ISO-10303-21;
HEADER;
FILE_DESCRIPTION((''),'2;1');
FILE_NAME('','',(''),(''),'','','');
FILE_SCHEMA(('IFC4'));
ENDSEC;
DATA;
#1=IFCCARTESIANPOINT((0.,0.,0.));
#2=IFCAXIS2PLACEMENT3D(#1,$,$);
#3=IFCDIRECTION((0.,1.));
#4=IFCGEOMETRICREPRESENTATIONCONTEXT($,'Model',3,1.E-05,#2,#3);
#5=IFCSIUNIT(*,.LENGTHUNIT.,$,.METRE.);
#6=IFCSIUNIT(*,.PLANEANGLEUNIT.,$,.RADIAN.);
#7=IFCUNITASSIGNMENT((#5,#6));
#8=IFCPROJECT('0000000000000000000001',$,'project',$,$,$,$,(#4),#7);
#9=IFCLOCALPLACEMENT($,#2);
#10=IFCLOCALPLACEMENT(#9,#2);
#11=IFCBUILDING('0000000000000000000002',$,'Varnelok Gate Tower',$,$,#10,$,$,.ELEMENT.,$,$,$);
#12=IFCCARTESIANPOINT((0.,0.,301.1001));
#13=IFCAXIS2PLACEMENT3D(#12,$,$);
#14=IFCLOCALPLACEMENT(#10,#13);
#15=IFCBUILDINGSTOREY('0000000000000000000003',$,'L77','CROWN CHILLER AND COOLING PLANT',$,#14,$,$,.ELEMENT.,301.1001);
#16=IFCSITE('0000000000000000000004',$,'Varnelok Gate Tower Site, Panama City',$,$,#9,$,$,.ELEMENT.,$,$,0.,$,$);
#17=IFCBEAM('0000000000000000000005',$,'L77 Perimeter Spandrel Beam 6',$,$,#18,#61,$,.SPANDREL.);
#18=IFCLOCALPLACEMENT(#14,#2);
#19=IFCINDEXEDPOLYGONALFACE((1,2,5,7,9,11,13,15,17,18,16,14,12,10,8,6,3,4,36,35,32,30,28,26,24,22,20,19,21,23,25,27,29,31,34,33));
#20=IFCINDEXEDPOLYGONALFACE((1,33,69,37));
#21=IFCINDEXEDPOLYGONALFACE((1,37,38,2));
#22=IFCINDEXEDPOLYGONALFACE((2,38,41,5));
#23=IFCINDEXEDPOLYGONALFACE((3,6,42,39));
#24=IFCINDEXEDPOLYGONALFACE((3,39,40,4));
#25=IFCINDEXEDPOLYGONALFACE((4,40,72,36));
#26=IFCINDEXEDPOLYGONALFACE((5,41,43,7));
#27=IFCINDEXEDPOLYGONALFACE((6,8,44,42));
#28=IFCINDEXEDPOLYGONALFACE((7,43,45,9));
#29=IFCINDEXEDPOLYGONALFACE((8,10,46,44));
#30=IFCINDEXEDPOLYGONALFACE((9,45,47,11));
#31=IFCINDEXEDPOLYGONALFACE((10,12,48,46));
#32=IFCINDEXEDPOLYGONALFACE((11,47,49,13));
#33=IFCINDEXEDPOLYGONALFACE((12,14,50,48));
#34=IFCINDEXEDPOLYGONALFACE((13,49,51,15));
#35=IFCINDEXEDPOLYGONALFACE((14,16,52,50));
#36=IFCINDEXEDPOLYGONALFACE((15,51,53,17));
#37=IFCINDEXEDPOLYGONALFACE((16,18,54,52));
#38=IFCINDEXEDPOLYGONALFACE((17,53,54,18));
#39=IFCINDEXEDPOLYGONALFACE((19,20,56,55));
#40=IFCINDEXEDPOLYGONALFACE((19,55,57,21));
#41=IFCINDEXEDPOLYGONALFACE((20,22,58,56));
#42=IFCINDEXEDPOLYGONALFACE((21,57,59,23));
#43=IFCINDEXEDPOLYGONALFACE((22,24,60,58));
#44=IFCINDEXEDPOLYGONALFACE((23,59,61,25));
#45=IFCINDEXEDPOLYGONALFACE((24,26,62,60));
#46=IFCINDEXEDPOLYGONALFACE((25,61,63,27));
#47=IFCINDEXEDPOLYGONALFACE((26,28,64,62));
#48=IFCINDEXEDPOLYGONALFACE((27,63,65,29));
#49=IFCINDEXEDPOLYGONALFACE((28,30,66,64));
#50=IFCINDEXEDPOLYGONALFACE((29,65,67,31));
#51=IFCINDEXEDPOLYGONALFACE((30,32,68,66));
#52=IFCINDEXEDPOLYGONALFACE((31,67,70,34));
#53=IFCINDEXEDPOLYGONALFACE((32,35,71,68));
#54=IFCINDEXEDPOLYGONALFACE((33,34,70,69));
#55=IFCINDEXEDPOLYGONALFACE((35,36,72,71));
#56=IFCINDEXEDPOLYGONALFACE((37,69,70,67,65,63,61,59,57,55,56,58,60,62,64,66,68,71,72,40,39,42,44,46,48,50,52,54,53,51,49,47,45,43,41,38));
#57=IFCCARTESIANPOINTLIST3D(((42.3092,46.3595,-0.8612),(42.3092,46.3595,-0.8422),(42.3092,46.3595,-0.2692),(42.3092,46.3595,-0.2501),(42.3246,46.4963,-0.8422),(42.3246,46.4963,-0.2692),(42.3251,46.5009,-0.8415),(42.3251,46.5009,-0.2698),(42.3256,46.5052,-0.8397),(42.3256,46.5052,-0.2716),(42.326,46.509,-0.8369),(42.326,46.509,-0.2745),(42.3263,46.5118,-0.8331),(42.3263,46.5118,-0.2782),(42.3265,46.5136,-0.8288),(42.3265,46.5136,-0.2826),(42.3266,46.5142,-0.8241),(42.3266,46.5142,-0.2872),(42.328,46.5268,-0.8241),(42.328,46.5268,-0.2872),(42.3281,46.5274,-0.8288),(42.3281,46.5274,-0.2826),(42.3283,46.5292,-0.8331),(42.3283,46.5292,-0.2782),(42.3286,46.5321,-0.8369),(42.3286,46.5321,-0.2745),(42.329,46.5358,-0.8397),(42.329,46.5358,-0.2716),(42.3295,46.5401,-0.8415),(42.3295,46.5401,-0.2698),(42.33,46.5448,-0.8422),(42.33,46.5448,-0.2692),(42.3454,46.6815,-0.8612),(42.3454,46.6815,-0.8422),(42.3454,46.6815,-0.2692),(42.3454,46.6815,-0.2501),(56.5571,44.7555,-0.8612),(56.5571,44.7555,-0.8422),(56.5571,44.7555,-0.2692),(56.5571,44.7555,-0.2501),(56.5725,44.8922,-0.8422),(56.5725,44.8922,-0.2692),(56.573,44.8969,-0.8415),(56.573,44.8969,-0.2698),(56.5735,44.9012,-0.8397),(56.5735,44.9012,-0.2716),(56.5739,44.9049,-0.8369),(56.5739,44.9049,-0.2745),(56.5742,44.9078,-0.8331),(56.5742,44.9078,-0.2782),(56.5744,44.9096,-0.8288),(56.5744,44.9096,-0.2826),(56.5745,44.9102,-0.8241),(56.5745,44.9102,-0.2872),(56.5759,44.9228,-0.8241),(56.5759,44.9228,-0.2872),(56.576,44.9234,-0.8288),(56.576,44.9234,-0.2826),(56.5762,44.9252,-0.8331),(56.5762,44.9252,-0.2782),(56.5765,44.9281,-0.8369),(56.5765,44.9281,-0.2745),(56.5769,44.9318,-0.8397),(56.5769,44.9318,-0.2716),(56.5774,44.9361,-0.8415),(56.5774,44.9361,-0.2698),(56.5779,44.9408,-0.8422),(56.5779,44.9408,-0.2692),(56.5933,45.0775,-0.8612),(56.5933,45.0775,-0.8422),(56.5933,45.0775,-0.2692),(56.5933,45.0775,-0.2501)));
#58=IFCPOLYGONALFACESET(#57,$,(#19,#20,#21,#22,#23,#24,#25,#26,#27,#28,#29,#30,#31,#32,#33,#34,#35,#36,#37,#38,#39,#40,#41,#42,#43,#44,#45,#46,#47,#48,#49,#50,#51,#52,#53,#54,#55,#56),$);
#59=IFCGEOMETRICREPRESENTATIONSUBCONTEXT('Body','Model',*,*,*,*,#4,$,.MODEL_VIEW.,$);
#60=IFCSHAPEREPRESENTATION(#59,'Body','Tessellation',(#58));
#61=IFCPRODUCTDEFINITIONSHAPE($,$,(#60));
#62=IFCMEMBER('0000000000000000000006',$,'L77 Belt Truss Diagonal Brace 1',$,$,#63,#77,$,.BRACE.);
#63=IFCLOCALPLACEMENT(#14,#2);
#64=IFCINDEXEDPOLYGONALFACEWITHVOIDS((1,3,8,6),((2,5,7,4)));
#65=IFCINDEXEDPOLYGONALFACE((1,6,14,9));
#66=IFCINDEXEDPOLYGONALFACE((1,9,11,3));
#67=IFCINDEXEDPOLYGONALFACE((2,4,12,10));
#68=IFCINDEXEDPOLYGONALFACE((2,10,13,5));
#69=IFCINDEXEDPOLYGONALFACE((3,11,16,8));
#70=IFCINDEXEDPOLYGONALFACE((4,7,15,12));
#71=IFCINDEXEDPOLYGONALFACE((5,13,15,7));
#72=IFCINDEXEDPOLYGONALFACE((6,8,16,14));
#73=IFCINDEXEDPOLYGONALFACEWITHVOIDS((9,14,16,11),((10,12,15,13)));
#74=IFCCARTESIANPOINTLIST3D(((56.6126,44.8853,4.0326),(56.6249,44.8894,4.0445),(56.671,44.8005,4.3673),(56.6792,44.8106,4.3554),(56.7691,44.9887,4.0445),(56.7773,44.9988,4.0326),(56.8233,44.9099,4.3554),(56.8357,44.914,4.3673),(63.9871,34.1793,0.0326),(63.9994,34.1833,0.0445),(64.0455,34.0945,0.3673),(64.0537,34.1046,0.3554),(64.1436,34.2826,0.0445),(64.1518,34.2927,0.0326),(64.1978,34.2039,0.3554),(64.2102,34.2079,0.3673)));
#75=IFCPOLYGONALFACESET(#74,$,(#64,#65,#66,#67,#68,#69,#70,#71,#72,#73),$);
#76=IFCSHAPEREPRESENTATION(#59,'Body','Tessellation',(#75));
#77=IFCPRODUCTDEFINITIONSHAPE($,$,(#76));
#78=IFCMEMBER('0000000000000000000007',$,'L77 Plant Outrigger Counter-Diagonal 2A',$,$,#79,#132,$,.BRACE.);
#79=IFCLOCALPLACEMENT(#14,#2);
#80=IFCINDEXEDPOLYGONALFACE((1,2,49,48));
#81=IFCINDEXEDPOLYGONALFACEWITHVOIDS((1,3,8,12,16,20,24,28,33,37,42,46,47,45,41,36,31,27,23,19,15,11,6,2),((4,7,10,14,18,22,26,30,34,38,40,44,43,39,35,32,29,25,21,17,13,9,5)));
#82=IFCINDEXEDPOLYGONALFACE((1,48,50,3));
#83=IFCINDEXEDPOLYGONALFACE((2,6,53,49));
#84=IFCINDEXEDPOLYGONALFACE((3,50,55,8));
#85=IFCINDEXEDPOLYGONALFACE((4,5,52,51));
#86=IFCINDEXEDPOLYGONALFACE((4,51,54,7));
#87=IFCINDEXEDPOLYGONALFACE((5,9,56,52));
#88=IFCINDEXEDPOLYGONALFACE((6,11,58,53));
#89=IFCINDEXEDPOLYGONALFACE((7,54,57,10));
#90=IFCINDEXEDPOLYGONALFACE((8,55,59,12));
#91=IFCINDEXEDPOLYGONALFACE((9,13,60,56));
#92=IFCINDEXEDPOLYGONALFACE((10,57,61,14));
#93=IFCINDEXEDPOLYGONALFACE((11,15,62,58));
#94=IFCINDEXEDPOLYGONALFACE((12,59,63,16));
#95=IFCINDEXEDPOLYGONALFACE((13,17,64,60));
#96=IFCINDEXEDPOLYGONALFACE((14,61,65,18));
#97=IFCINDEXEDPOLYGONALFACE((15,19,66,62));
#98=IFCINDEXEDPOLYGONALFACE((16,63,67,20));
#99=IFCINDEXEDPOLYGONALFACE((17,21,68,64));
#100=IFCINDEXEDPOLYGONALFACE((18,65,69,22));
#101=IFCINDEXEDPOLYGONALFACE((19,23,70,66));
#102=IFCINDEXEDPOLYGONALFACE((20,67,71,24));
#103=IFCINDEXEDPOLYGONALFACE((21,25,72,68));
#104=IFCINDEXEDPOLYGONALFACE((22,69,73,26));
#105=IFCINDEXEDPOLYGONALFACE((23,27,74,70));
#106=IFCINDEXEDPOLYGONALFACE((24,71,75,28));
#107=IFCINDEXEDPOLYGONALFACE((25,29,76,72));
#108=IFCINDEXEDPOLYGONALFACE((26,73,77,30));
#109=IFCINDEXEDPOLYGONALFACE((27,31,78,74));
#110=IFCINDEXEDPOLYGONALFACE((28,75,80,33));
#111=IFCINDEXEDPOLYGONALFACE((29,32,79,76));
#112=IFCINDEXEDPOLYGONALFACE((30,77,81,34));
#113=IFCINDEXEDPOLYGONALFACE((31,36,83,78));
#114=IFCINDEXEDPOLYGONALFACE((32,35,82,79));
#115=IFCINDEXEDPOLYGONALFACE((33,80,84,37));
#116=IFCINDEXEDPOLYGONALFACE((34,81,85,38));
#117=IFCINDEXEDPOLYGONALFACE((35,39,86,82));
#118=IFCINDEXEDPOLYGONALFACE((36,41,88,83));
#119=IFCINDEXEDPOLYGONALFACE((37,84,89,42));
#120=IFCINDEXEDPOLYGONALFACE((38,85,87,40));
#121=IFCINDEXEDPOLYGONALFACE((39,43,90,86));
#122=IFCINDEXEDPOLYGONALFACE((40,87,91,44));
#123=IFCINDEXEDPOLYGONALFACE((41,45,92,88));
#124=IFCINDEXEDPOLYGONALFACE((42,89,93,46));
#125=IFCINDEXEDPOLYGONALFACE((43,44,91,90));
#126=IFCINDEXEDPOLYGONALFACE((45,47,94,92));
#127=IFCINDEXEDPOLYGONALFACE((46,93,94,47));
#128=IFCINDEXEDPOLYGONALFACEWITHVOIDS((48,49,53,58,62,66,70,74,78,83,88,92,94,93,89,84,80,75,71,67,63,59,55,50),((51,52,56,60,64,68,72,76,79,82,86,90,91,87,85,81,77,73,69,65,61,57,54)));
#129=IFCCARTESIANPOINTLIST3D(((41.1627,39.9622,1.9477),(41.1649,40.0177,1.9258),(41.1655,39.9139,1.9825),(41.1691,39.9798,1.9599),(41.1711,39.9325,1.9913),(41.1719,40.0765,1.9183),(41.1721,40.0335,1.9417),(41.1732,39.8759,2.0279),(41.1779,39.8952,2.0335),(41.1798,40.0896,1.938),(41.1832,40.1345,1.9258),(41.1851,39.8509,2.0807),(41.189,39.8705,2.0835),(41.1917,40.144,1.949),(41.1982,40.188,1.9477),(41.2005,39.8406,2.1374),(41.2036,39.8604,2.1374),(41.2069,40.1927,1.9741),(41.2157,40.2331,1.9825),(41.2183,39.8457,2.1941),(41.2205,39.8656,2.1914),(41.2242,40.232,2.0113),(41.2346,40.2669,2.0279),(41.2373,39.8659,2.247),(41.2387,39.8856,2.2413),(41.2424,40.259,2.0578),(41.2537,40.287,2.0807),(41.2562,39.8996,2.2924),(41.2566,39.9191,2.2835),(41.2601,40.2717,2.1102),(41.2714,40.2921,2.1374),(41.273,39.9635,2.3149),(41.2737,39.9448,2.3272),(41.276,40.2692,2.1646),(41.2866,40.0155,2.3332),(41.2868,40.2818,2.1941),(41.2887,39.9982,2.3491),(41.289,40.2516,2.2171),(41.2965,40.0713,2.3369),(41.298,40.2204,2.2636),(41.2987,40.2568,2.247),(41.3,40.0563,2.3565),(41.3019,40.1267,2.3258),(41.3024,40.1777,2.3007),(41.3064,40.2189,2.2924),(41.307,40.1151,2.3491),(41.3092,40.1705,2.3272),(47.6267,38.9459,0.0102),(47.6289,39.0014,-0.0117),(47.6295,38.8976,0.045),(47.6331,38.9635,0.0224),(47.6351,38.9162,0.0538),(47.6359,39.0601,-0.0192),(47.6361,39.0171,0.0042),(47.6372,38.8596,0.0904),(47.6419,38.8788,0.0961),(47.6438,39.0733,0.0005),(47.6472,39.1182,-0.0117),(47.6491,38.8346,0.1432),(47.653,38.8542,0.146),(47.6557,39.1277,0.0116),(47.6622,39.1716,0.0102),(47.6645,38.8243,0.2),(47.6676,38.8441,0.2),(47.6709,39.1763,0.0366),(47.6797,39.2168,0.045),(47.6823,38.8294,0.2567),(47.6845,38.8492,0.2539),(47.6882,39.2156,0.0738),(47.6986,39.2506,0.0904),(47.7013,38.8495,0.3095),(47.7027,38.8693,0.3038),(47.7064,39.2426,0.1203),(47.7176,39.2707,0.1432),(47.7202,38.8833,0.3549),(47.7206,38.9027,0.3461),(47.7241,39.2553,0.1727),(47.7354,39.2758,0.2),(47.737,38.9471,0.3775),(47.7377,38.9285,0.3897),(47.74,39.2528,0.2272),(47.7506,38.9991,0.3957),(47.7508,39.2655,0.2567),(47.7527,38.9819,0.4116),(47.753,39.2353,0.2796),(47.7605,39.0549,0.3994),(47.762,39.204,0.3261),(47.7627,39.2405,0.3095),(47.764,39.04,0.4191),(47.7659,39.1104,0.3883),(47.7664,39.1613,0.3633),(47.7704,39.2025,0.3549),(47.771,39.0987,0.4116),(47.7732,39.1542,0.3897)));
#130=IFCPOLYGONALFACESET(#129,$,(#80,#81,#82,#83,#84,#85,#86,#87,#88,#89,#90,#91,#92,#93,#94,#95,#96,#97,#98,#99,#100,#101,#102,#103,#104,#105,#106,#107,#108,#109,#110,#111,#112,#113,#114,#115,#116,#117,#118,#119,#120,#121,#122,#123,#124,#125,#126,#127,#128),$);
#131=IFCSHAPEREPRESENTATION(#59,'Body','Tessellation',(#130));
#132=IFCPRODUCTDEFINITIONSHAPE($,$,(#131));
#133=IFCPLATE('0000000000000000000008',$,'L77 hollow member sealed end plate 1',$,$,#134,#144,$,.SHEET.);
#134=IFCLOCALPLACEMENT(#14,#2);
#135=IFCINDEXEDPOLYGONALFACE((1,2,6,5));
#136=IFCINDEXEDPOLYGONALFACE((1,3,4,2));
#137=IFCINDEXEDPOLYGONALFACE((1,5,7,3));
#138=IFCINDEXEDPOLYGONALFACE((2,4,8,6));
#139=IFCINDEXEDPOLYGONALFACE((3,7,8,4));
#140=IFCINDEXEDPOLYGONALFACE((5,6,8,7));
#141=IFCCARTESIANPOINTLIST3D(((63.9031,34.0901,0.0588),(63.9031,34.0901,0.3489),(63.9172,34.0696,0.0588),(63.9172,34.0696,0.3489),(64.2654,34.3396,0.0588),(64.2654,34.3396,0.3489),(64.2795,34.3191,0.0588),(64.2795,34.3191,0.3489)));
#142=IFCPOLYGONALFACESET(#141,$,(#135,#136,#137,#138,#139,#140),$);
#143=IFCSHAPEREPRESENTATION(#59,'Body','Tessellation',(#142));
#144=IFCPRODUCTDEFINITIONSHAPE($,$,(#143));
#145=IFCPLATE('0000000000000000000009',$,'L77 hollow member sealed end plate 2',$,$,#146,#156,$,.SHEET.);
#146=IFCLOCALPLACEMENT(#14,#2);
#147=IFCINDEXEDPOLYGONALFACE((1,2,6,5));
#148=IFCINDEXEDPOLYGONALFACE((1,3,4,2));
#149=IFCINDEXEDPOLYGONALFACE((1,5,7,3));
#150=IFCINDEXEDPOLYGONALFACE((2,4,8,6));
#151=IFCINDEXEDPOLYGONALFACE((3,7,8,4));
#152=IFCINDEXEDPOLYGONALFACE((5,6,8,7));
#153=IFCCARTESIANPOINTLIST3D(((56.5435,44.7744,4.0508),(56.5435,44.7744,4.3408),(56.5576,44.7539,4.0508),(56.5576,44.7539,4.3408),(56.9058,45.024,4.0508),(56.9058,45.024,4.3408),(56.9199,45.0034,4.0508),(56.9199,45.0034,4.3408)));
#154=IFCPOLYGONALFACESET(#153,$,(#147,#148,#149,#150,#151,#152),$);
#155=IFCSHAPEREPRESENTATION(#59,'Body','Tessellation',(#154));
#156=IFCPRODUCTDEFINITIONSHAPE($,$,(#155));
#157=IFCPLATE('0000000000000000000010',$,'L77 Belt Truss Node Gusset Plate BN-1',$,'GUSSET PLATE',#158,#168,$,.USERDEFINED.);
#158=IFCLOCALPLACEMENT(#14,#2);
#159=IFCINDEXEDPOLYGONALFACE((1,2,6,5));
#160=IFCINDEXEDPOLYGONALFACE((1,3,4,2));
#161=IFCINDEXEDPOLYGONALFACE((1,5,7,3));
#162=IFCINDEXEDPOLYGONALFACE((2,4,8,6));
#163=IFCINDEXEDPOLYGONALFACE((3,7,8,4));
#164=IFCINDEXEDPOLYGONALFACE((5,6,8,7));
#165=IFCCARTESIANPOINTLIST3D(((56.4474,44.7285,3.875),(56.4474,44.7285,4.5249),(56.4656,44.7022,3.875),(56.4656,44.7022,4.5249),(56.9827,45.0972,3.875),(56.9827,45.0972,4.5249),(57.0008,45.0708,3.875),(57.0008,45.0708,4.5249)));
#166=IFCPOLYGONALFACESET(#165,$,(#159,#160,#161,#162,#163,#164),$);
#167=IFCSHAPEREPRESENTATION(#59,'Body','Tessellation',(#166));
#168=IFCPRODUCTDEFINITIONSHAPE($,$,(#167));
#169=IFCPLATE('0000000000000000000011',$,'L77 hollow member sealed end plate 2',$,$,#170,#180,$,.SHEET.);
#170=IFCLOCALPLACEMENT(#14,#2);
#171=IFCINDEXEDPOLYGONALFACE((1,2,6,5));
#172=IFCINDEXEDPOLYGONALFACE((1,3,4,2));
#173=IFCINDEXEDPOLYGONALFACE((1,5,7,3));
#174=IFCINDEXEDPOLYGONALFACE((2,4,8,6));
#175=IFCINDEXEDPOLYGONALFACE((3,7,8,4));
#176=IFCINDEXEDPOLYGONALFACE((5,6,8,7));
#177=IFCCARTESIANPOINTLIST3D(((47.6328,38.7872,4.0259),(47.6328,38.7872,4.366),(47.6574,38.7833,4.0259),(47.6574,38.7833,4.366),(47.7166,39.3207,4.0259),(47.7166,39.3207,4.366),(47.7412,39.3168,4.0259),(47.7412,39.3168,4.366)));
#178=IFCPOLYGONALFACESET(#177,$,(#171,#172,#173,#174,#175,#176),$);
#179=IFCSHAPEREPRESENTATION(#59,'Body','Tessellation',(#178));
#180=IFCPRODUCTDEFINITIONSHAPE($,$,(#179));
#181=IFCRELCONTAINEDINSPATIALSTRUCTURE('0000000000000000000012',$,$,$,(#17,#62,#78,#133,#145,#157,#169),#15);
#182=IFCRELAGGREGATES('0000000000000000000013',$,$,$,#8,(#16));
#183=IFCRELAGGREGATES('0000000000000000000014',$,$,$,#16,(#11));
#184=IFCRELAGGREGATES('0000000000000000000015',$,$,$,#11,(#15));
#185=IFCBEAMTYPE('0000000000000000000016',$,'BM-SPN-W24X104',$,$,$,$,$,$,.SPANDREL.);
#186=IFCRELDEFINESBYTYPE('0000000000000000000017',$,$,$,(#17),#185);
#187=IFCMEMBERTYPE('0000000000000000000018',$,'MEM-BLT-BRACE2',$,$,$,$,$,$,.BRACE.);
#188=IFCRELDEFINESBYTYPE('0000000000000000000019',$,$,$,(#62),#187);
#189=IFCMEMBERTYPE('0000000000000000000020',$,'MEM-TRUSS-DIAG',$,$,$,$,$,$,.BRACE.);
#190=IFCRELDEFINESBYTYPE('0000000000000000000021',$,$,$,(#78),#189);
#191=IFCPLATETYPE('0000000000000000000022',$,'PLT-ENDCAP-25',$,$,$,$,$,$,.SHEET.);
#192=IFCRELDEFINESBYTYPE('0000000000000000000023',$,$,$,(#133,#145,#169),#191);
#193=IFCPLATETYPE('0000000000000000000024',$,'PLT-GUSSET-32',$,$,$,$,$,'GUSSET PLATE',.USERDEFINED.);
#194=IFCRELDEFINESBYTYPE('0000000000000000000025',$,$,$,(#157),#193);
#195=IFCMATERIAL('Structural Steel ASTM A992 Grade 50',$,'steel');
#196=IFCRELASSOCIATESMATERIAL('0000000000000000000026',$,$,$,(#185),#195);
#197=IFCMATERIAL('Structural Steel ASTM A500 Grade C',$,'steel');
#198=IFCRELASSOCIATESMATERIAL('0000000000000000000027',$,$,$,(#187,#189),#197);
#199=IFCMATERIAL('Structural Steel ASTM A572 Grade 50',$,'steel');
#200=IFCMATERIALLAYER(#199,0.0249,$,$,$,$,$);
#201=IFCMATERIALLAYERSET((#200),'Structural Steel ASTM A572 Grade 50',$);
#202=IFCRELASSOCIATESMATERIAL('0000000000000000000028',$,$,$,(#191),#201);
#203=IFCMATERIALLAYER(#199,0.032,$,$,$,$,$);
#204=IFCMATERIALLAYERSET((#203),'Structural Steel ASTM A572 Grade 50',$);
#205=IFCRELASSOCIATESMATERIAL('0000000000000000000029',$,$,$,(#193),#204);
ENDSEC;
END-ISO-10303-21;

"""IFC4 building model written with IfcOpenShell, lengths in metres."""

from ifc_helpers import new_model, si_unit, direction, frame, origin, origin_2d, place, context, subcontext, project, spatial, rectangle, hollow_rectangle, hollow_circle, i_section, extrude, source, transform, mapped, material, layer, layer_set, material_profile, profile_set, type_object, element, save


model = new_model("IFC4")

# Units and contexts
model_context = context("Model", 3, precision=1e-05, world=origin(), true_north=direction((0.0, 1.0)))
body_context = subcontext(model_context, "Body", "Model", "MODEL_VIEW")
ifc_project = project(units=[si_unit("LENGTHUNIT", "METRE"), si_unit("PLANEANGLEUNIT", "RADIAN")], contexts=[model_context])

# Site, building, storey
site_placement = place(None, origin())
site = spatial("IfcSite", under=ifc_project, at=site_placement, Name="Varnelok Gate Tower Site, Panama City", CompositionType="ELEMENT", RefElevation=0.0)
building_placement = place(site_placement, origin())
building = spatial("IfcBuilding", under=site, at=building_placement, Name="Varnelok Gate Tower", CompositionType="ELEMENT")
storey_placement = place(building_placement, frame((0.0, 0.0, 301.1001)))
storey = spatial("IfcBuildingStorey", under=building, at=storey_placement, Name="L77", Description="CROWN CHILLER AND COOLING PLANT", CompositionType="ELEMENT", Elevation=301.1001)

# Shared definitions
ifc_material_1 = material(Name="Structural Steel ASTM A992 Grade 50", Category="steel")

# Beam
ifc_material_profile_1 = material_profile(ifc_material_1, i_section(OverallWidth=0.324, OverallDepth=0.6111, WebThickness=0.0127, FlangeThickness=0.019, FilletRadius=0.0181, at=origin_2d()), Name="W24X104")
ifc_profile_set_1 = profile_set([ifc_material_profile_1], Name="Structural Steel ASTM A992 Grade 50")
beam_type_1 = type_object("IfcBeamType", Name="BM-SPN-W24X104", PredefinedType="SPANDREL", material=ifc_profile_set_1)
beam_1_placement = place(storey_placement, frame((56.5752, 44.9165, -0.5557), z_axis=(-0.993723, 0.111872, 0.0), x_axis=(-0.111872, -0.993723, 0.0)))
element("IfcBeam", 1, at=beam_1_placement, inside=storey, type_object=beam_type_1, Name="L77 Perimeter Spandrel Beam 6", PredefinedType="SPANDREL", context=body_context, shape_type="SweptSolid", body=[
    extrude(i_section(OverallWidth=0.324, OverallDepth=0.6111, WebThickness=0.0127, FlangeThickness=0.019, FilletRadius=0.0181, at=origin_2d()), origin(), (0.0, 0.0, 1.0), 14.3379),
])

# Members
ifc_material_2 = material(Name="Structural Steel ASTM A500 Grade C", Category="steel")
ifc_material_profile_2 = material_profile(ifc_material_2, hollow_rectangle(XDim=0.2, YDim=0.3501, WallThickness=0.0125, at=origin_2d()), Name="HSS350X200X12")
ifc_profile_set_2 = profile_set([ifc_material_profile_2], Name="Structural Steel ASTM A500 Grade C")
member_type_1 = type_object("IfcMemberType", Name="MEM-BLT-BRACE2", PredefinedType="BRACE", material=ifc_profile_set_2)
member_1_placement = place(storey_placement, frame((64.0986, 34.1936, 0.2), z_axis=(-0.54218, 0.787118, 0.294083), x_axis=(-0.823535, -0.567265, 0.0)))
element("IfcMember", 2, at=member_1_placement, inside=storey, type_object=member_type_1, Name="L77 Belt Truss Diagonal Brace 1", PredefinedType="BRACE", context=body_context, shape_type="SweptSolid", body=[
    extrude(hollow_rectangle(XDim=0.2, YDim=0.3501, WallThickness=0.0125, at=origin_2d()), origin(), (0.0, 0.0, 1.0), 13.6016),
])
ifc_material_profile_3 = material_profile(ifc_material_2, hollow_circle(Radius=0.2285, WallThickness=0.02, at=origin_2d()), Name="CHS457X20")
ifc_profile_set_3 = profile_set([ifc_material_profile_3], Name="Structural Steel ASTM A500 Grade C")
member_type_2 = type_object("IfcMemberType", Name="MEM-TRUSS-DIAG", PredefinedType="BRACE", material=ifc_profile_set_3)
member_2_placement = place(storey_placement, frame((47.7, 39.05, 0.2), z_axis=(-0.947214, 0.148931, 0.28391), x_axis=(-0.155323, -0.987864, 0.0)))
element("IfcMember", 3, at=member_2_placement, inside=storey, type_object=member_type_2, Name="L77 Plant Outrigger Counter-Diagonal 2A", PredefinedType="BRACE", context=body_context, shape_type="SweptSolid", body=[
    extrude(hollow_circle(Radius=0.2285, WallThickness=0.02, at=origin_2d()), origin(), (0.0, 0.0, 1.0), 6.8242),
])

# Plates
ifc_material_3 = material(Name="Structural Steel ASTM A572 Grade 50", Category="steel")
ifc_layer_1 = layer(ifc_material_3, 0.0249)
ifc_layer_set_1 = layer_set([ifc_layer_1], Name="Structural Steel ASTM A572 Grade 50")
plate_type_1 = type_object("IfcPlateType", Name="PLT-ENDCAP-25", PredefinedType="SHEET", material=ifc_layer_set_1)
shared_shape_1 = source(origin(), body_context, "Body", "SweptSolid", [
    extrude(rectangle(XDim=0.0249, YDim=0.4399, at=origin_2d()), origin(), (0.0, 0.0, 1.0), 0.29),
])
for number, where, z_axis, x_axis, name in (
    (4, (64.0913, 34.2046, 0.0588), (0.0, 0.0, 1.0), (-0.567269, 0.823533, 0.0), "L77 hollow member sealed end plate 1"),
    (5, (56.7317, 44.8889, 4.0508), (0.0, 0.0, 1.0), (-0.567269, 0.823533, 0.0), "L77 hollow member sealed end plate 2"),
):
    element("IfcPlate", number, at=place(storey_placement, frame(where, z_axis=z_axis, x_axis=x_axis)), inside=storey, type_object=plate_type_1, Name=name, PredefinedType="SHEET", context=body_context, shape_type="MappedRepresentation", body=[
        mapped(shared_shape_1, transform((0.0, 0.0, 0.0), scale=1.0)),
    ])
ifc_layer_2 = layer(ifc_material_3, 0.032)
ifc_layer_set_2 = layer_set([ifc_layer_2], Name="Structural Steel ASTM A572 Grade 50")
plate_type_2 = type_object("IfcPlateType", Name="PLT-GUSSET-32", ElementType="GUSSET PLATE", PredefinedType="USERDEFINED", material=ifc_layer_set_2)
shared_shape_2 = source(origin(), body_context, "Body", "SweptSolid", [
    extrude(rectangle(XDim=0.6499, YDim=0.032, at=origin_2d()), origin(), (0.0, 0.0, 1.0), 0.6499),
])
plate_1_placement = place(storey_placement, frame((56.7241, 44.8997, 3.875), z_axis=(0.0, 0.0, 1.0), x_axis=(0.823533, 0.567269, 0.0)))
element("IfcPlate", 6, at=plate_1_placement, inside=storey, type_object=plate_type_2, Name="L77 Belt Truss Node Gusset Plate BN-1", ObjectType="GUSSET PLATE", PredefinedType="USERDEFINED", context=body_context, shape_type="MappedRepresentation", body=[
    mapped(shared_shape_2, transform((0.0, 0.0, 0.0), scale=1.0)),
])
shared_shape_3 = source(origin(), body_context, "Body", "SweptSolid", [
    extrude(rectangle(XDim=0.0249, YDim=0.54, at=origin_2d()), origin(), (0.0, 0.0, 1.0), 0.3401),
])
plate_2_placement = place(storey_placement, frame((47.687, 39.052, 4.0259), z_axis=(0.0, 0.0, 1.0), x_axis=(0.987865, -0.155314, 0.0)))
element("IfcPlate", 7, at=plate_2_placement, inside=storey, type_object=plate_type_1, Name="L77 hollow member sealed end plate 2", PredefinedType="SHEET", context=body_context, shape_type="MappedRepresentation", body=[
    mapped(shared_shape_3, transform((0.0, 0.0, 0.0), scale=1.0)),
])

save(model, "model.ifc")
